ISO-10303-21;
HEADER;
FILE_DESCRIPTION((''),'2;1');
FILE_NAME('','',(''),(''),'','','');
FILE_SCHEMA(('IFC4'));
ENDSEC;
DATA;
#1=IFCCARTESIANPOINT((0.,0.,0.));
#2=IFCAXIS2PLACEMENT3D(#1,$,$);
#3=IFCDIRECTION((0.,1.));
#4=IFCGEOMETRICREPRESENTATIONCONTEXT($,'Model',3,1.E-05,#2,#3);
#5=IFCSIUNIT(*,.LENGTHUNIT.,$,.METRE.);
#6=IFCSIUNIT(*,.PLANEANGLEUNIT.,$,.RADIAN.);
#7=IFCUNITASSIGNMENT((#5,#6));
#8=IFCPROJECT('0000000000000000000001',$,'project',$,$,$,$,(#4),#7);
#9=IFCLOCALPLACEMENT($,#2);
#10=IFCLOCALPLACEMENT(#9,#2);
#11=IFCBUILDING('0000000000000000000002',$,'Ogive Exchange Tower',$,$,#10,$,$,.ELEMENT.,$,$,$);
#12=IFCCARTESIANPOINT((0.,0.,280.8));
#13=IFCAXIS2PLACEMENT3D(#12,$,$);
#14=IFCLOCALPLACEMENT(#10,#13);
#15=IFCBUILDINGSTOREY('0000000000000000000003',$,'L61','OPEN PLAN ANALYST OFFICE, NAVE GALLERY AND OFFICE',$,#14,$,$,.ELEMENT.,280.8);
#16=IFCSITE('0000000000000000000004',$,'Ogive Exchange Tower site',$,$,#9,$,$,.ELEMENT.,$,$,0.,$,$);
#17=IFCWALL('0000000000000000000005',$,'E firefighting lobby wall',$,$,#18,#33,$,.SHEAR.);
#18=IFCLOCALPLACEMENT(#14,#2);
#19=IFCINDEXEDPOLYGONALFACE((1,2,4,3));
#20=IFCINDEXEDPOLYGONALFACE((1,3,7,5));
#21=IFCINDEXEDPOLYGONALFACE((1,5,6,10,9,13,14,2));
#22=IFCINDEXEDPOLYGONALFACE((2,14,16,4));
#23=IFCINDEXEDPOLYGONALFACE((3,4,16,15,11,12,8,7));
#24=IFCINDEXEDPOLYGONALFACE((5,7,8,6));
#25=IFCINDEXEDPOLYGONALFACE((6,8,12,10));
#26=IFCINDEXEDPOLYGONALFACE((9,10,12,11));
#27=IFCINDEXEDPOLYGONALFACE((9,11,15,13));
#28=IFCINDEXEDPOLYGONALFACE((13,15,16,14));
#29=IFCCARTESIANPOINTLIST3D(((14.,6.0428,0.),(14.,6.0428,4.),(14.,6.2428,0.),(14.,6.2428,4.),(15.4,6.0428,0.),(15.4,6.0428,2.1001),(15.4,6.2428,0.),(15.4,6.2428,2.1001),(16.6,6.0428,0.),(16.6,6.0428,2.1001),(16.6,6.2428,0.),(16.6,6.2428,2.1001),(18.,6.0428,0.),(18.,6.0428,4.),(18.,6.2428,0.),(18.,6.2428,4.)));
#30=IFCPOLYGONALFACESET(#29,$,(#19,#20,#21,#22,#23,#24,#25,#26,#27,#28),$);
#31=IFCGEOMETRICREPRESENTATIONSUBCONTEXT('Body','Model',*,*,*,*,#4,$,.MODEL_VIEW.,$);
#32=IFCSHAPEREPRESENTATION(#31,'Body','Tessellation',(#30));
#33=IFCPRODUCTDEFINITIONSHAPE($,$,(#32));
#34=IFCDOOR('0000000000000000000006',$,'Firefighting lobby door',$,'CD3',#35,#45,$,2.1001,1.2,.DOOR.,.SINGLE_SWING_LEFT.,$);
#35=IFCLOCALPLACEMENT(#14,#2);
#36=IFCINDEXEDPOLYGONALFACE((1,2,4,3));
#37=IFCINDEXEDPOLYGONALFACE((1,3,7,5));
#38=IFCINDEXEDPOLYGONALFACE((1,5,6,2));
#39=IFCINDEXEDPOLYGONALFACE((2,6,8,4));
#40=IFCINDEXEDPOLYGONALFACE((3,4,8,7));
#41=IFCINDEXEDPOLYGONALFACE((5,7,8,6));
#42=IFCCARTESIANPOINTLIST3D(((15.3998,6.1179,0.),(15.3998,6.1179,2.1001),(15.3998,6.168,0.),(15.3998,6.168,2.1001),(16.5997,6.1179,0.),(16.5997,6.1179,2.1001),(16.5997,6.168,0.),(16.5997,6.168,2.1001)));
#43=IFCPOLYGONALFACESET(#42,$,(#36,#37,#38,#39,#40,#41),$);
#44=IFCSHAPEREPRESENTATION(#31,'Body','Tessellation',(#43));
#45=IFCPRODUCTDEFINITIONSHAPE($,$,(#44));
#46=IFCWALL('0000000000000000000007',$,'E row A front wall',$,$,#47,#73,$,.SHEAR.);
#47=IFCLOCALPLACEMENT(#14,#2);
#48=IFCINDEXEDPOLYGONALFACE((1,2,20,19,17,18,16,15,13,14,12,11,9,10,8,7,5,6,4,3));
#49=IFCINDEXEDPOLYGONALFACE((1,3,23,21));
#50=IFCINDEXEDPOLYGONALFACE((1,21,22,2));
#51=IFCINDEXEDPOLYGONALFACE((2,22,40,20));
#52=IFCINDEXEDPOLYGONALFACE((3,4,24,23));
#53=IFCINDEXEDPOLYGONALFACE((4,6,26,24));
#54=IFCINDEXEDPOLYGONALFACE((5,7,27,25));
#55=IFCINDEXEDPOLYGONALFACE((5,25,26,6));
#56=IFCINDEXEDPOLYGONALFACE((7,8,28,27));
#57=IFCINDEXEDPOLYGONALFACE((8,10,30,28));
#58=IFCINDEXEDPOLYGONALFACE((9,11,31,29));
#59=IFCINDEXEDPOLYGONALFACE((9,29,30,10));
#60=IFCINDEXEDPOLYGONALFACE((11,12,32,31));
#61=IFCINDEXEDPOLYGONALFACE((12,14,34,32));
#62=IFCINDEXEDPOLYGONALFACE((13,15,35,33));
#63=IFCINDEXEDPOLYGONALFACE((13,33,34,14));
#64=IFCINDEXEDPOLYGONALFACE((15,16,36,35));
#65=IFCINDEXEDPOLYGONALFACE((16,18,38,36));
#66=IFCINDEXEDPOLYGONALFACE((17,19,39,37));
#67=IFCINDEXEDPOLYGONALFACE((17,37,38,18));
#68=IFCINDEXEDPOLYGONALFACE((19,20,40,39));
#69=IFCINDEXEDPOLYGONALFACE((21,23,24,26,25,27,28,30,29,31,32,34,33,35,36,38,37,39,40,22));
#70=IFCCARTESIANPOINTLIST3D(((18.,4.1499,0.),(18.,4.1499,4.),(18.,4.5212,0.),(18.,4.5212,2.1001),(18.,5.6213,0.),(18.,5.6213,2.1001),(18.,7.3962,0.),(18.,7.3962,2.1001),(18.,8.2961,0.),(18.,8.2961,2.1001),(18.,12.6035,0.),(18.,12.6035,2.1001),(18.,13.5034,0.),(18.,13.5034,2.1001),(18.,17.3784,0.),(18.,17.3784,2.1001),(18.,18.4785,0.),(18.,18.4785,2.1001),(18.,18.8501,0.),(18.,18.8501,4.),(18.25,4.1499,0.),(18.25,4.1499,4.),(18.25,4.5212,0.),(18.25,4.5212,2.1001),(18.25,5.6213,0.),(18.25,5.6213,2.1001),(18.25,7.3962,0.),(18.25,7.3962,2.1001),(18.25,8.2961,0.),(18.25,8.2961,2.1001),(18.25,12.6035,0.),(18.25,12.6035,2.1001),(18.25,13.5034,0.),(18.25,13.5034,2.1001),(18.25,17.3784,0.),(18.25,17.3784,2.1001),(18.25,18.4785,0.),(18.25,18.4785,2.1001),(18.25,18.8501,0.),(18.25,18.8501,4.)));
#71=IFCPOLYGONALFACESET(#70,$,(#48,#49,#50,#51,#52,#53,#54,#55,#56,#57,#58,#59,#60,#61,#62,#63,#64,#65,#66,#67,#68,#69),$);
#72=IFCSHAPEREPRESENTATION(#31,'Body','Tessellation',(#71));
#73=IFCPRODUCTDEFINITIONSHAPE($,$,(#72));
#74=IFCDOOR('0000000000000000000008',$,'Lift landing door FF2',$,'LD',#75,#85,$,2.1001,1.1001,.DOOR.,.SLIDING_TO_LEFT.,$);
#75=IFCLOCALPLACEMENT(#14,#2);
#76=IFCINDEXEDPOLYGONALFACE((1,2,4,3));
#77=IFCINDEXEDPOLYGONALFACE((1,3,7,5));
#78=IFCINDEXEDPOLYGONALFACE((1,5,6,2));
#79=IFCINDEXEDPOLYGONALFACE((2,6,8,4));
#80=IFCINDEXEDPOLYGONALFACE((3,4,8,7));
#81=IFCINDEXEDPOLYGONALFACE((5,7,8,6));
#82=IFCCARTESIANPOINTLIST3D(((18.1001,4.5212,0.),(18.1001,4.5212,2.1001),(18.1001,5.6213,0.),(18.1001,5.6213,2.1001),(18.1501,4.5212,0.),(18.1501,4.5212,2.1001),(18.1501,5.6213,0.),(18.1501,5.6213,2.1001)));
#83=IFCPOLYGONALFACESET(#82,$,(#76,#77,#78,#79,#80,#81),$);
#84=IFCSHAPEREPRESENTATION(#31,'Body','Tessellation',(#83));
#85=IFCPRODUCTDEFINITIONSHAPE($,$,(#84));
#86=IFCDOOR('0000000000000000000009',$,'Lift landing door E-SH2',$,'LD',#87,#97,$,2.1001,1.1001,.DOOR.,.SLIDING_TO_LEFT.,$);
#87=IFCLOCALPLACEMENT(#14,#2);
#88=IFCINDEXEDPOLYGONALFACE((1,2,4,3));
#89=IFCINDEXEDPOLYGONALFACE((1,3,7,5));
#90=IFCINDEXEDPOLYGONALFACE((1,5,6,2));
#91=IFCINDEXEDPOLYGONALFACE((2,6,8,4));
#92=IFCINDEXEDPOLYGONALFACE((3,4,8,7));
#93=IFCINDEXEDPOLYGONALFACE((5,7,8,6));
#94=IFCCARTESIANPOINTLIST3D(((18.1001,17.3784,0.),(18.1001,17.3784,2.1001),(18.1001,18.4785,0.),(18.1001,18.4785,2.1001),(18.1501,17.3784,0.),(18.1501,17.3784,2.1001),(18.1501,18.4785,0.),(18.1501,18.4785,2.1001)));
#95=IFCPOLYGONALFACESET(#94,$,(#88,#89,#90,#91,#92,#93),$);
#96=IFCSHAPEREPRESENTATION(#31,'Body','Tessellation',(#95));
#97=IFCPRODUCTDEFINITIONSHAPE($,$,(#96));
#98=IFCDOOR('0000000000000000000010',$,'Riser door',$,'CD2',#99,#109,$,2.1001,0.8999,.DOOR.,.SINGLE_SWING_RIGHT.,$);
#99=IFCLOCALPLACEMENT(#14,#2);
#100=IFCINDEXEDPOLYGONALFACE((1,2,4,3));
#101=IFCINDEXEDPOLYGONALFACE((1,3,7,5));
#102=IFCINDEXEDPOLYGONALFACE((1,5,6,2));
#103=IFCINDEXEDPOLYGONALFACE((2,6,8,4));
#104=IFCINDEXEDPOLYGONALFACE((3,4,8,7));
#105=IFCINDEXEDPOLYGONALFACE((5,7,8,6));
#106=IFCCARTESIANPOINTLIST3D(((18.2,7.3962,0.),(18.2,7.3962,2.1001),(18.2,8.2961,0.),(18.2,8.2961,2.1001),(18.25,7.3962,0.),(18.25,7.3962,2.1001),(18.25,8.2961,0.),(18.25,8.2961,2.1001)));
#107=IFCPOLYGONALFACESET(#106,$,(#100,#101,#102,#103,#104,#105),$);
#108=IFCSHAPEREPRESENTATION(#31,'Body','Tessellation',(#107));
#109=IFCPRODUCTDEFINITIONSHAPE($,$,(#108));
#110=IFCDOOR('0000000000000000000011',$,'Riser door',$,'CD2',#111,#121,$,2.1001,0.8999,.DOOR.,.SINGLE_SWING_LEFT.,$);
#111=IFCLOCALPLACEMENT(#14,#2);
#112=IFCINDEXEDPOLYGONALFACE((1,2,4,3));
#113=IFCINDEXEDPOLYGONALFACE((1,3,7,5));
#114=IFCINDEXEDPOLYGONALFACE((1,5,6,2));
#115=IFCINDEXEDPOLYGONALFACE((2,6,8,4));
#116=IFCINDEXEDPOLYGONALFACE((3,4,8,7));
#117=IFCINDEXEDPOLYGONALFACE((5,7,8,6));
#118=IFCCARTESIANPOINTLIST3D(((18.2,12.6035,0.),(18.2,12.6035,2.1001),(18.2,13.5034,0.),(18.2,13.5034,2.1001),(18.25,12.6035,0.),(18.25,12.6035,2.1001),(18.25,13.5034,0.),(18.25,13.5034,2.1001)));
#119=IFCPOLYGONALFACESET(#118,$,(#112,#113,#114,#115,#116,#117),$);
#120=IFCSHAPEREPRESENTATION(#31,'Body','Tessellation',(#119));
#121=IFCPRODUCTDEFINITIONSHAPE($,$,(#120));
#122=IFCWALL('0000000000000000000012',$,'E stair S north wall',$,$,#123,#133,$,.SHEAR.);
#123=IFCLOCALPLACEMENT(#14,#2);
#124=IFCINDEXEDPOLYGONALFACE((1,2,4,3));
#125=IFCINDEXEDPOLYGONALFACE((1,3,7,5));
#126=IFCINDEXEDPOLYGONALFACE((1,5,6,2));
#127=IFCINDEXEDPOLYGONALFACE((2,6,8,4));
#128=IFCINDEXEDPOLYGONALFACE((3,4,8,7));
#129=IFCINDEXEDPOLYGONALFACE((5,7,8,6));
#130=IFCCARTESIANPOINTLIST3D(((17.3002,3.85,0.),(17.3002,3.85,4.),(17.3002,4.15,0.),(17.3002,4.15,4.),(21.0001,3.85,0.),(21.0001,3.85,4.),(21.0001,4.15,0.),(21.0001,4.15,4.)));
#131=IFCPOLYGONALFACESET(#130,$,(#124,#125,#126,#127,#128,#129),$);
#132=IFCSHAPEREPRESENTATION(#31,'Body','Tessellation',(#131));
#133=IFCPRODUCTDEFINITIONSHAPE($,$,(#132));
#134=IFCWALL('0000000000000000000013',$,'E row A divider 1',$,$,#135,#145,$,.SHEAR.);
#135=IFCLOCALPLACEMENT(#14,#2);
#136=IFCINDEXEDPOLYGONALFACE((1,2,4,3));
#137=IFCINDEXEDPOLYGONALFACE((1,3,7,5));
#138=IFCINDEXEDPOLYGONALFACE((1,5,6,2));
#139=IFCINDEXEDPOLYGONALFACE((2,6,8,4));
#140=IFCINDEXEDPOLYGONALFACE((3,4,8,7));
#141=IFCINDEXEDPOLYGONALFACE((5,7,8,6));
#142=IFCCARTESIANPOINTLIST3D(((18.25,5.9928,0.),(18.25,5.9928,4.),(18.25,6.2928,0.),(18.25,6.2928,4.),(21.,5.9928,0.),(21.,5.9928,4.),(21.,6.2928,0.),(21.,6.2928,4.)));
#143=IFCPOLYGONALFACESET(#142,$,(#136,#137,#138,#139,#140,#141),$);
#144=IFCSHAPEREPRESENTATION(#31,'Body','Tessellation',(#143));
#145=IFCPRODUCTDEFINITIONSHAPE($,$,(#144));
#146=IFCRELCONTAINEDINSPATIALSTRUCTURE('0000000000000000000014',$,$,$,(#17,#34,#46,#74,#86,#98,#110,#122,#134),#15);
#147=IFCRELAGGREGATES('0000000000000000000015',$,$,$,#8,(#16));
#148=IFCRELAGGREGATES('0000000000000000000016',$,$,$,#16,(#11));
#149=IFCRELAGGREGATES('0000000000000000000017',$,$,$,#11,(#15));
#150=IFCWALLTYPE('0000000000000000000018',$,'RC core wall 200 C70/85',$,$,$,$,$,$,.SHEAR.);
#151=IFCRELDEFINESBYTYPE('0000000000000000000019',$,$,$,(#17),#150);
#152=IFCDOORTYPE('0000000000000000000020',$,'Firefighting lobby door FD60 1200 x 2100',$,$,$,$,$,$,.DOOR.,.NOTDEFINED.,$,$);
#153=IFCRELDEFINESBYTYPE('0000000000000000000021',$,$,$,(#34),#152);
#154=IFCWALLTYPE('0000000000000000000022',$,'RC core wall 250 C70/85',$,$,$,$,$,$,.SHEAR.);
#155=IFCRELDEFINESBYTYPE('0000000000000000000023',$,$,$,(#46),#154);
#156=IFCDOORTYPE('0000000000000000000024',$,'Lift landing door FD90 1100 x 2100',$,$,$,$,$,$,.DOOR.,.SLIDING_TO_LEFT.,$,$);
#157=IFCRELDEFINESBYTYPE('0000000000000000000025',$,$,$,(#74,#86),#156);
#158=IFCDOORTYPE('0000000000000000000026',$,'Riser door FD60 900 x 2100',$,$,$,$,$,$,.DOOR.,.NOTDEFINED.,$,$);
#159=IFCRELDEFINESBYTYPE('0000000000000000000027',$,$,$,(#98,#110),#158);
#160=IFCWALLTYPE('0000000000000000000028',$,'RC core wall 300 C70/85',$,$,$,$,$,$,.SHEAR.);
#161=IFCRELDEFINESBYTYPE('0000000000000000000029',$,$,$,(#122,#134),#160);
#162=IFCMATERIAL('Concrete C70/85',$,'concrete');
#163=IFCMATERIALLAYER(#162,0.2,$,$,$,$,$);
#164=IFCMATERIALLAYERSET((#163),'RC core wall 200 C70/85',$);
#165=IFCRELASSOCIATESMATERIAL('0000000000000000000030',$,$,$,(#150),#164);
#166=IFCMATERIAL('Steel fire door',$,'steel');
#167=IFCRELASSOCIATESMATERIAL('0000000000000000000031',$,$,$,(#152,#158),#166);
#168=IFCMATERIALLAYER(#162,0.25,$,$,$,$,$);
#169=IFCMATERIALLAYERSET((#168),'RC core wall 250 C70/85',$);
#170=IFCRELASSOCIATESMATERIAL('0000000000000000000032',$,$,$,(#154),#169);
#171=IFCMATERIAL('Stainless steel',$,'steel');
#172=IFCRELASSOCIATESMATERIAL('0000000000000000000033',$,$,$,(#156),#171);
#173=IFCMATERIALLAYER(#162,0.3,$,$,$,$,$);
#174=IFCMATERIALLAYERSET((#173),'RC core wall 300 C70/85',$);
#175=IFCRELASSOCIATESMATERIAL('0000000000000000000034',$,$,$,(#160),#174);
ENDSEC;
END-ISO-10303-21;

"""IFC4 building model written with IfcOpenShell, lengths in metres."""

from ifc_helpers import new_model, si_unit, direction, frame, frame_2d, origin, place, context, subcontext, project, spatial, rectangle, extrude, material, layer, layer_set, type_object, element, fill, save


model = new_model("IFC4")

# Units and contexts
model_context = context("Model", 3, precision=1e-05, world=origin(), true_north=direction((0.0, 1.0)))
body_context = subcontext(model_context, "Body", "Model", "MODEL_VIEW")
ifc_project = project(units=[si_unit("LENGTHUNIT", "METRE"), si_unit("PLANEANGLEUNIT", "RADIAN")], contexts=[model_context])

# Site, building, storey
site_placement = place(None, origin())
site = spatial("IfcSite", under=ifc_project, at=site_placement, Name="Ogive Exchange Tower site", CompositionType="ELEMENT", RefElevation=0.0)
building_placement = place(site_placement, origin())
building = spatial("IfcBuilding", under=site, at=building_placement, Name="Ogive Exchange Tower", CompositionType="ELEMENT")
storey_placement = place(building_placement, frame((0.0, 0.0, 280.8)))
storey = spatial("IfcBuildingStorey", under=building, at=storey_placement, Name="L61", Description="OPEN PLAN ANALYST OFFICE, NAVE GALLERY AND OFFICE", CompositionType="ELEMENT", Elevation=280.8)

# Wall, opening, door
ifc_material_1 = material(Name="Concrete C70/85", Category="concrete")
ifc_layer_1 = layer(ifc_material_1, 0.2)
ifc_layer_set_1 = layer_set([ifc_layer_1], Name="RC core wall 200 C70/85")
wall_type_1 = type_object("IfcWallType", Name="RC core wall 200 C70/85", PredefinedType="SHEAR", material=ifc_layer_set_1)
wall_1_placement = place(storey_placement, frame((14.0, 6.1428, 0.0), z_axis=(0.0, 0.0, 1.0), x_axis=(1.0, 0.0, 0.0)))
wall_1 = element("IfcWall", 1, at=wall_1_placement, inside=storey, type_object=wall_type_1, Name="E firefighting lobby wall", PredefinedType="SHEAR", context=body_context, shape_type="SweptSolid", body=[
    extrude(rectangle(XDim=4.0, YDim=0.2, at=frame_2d((2.0, 0.0))), origin(), (0.0, 0.0, 1.0), 4.0),
])
opening_1_placement = place(wall_1_placement, frame((1.3999, 0.0, 0.0)))
opening_1 = element("IfcOpeningElement", 2, at=opening_1_placement, cuts=wall_1, PredefinedType="OPENING", context=body_context, shape_type="SweptSolid", body=[
    extrude(rectangle(XDim=1.2, YDim=2.1001, at=frame_2d((0.6001, 1.05))), frame((0.0, 0.1099, 0.0), z_axis=(0.0, -1.0, 0.0), x_axis=(1.0, 0.0, 0.0)), (0.0, 0.0, 1.0), 0.22),
])
ifc_material_2 = material(Name="Steel fire door", Category="steel")
door_type_1 = type_object("IfcDoorType", Name="Firefighting lobby door FD60 1200 x 2100", OperationType="NOTDEFINED", PredefinedType="DOOR", material=ifc_material_2)
door_1_placement = place(opening_1_placement, frame((1.2, 0.0, 0.0), z_axis=(0.0, 0.0, 1.0), x_axis=(-1.0, 0.0, 0.0)))
door_1 = element("IfcDoor", 3, at=door_1_placement, inside=storey, type_object=door_type_1, Name="Firefighting lobby door", ObjectType="CD3", OperationType="SINGLE_SWING_LEFT", OverallHeight=2.1001, OverallWidth=1.2, PredefinedType="DOOR", context=body_context, shape_type="SweptSolid", body=[
    extrude(rectangle(XDim=1.2, YDim=2.1001, at=frame_2d((0.6001, 1.05))), frame((0.0, 0.0249, 0.0), z_axis=(0.0, -1.0, 0.0), x_axis=(1.0, 0.0, 0.0)), (0.0, 0.0, 1.0), 0.05),
])
fill(opening_1, door_1)

# Wall, openings, doors
ifc_layer_2 = layer(ifc_material_1, 0.25)
ifc_layer_set_2 = layer_set([ifc_layer_2], Name="RC core wall 250 C70/85")
wall_type_2 = type_object("IfcWallType", Name="RC core wall 250 C70/85", PredefinedType="SHEAR", material=ifc_layer_set_2)
wall_2_placement = place(storey_placement, frame((18.125, 4.1499, 0.0), z_axis=(0.0, 0.0, 1.0), x_axis=(0.0, 1.0, 0.0)))
wall_2 = element("IfcWall", 4, at=wall_2_placement, inside=storey, type_object=wall_type_2, Name="E row A front wall", PredefinedType="SHEAR", context=body_context, shape_type="SweptSolid", body=[
    extrude(rectangle(XDim=14.7002, YDim=0.25, at=frame_2d((7.3501, 0.0))), origin(), (0.0, 0.0, 1.0), 4.0),
])
opening_2_placement = place(wall_2_placement, frame((3.2463, 0.0, 0.0)))
opening_2 = element("IfcOpeningElement", 5, at=opening_2_placement, cuts=wall_2, PredefinedType="OPENING", context=body_context, shape_type="SweptSolid", body=[
    extrude(rectangle(XDim=0.8999, YDim=2.1001, at=frame_2d((0.45, 1.05))), frame((0.0, 0.135, 0.0), z_axis=(0.0, -1.0, 0.0), x_axis=(1.0, 0.0, 0.0)), (0.0, 0.0, 1.0), 0.27),
])
opening_3_placement = place(wall_2_placement, frame((8.4536, 0.0, 0.0)))
opening_3 = element("IfcOpeningElement", 6, at=opening_3_placement, cuts=wall_2, PredefinedType="OPENING", context=body_context, shape_type="SweptSolid", body=[
    extrude(rectangle(XDim=0.8999, YDim=2.1001, at=frame_2d((0.45, 1.05))), frame((0.0, 0.135, 0.0), z_axis=(0.0, -1.0, 0.0), x_axis=(1.0, 0.0, 0.0)), (0.0, 0.0, 1.0), 0.27),
])
opening_4_placement = place(wall_2_placement, frame((0.3713, 0.0, 0.0)))
opening_4 = element("IfcOpeningElement", 7, at=opening_4_placement, cuts=wall_2, PredefinedType="OPENING", context=body_context, shape_type="SweptSolid", body=[
    extrude(rectangle(XDim=1.1001, YDim=2.1001, at=frame_2d((0.55, 1.05))), frame((0.0, 0.135, 0.0), z_axis=(0.0, -1.0, 0.0), x_axis=(1.0, 0.0, 0.0)), (0.0, 0.0, 1.0), 0.27),
])
opening_5_placement = place(wall_2_placement, frame((13.2285, 0.0, 0.0)))
opening_5 = element("IfcOpeningElement", 8, at=opening_5_placement, cuts=wall_2, PredefinedType="OPENING", context=body_context, shape_type="SweptSolid", body=[
    extrude(rectangle(XDim=1.1001, YDim=2.1001, at=frame_2d((0.55, 1.05))), frame((0.0, 0.135, 0.0), z_axis=(0.0, -1.0, 0.0), x_axis=(1.0, 0.0, 0.0)), (0.0, 0.0, 1.0), 0.27),
])
ifc_material_3 = material(Name="Stainless steel", Category="steel")
door_type_2 = type_object("IfcDoorType", Name="Lift landing door FD90 1100 x 2100", OperationType="SLIDING_TO_LEFT", PredefinedType="DOOR", material=ifc_material_3)
door_2_placement = place(opening_4_placement, origin())
door_2 = element("IfcDoor", 9, at=door_2_placement, inside=storey, type_object=door_type_2, Name="Lift landing door FF2", ObjectType="LD", OperationType="SLIDING_TO_LEFT", OverallHeight=2.1001, OverallWidth=1.1001, PredefinedType="DOOR", context=body_context, shape_type="SweptSolid", body=[
    extrude(rectangle(XDim=1.1001, YDim=2.1001, at=frame_2d((0.55, 1.05))), frame((0.0, 0.0249, 0.0), z_axis=(0.0, -1.0, 0.0), x_axis=(1.0, 0.0, 0.0)), (0.0, 0.0, 1.0), 0.05),
])
fill(opening_4, door_2)
door_3_placement = place(opening_5_placement, origin())
door_3 = element("IfcDoor", 10, at=door_3_placement, inside=storey, type_object=door_type_2, Name="Lift landing door E-SH2", ObjectType="LD", OperationType="SLIDING_TO_LEFT", OverallHeight=2.1001, OverallWidth=1.1001, PredefinedType="DOOR", context=body_context, shape_type="SweptSolid", body=[
    extrude(rectangle(XDim=1.1001, YDim=2.1001, at=frame_2d((0.55, 1.05))), frame((0.0, 0.0249, 0.0), z_axis=(0.0, -1.0, 0.0), x_axis=(1.0, 0.0, 0.0)), (0.0, 0.0, 1.0), 0.05),
])
fill(opening_5, door_3)
door_type_3 = type_object("IfcDoorType", Name="Riser door FD60 900 x 2100", OperationType="NOTDEFINED", PredefinedType="DOOR", material=ifc_material_2)
door_4_placement = place(opening_2_placement, frame((0.8999, -0.2002, 0.0), z_axis=(0.0, 0.0, 1.0), x_axis=(-1.0, 0.0, 0.0)))
door_4 = element("IfcDoor", 11, at=door_4_placement, inside=storey, type_object=door_type_3, Name="Riser door", ObjectType="CD2", OperationType="SINGLE_SWING_RIGHT", OverallHeight=2.1001, OverallWidth=0.8999, PredefinedType="DOOR", context=body_context, shape_type="SweptSolid", body=[
    extrude(rectangle(XDim=0.8999, YDim=2.1001, at=frame_2d((0.45, 1.05))), frame((0.0, -0.0752, 0.0), z_axis=(0.0, -1.0, 0.0), x_axis=(1.0, 0.0, 0.0)), (0.0, 0.0, 1.0), 0.05),
])
fill(opening_2, door_4)
door_5_placement = place(opening_3_placement, frame((0.8999, -0.2002, 0.0), z_axis=(0.0, 0.0, 1.0), x_axis=(-1.0, 0.0, 0.0)))
door_5 = element("IfcDoor", 12, at=door_5_placement, inside=storey, type_object=door_type_3, Name="Riser door", ObjectType="CD2", OperationType="SINGLE_SWING_LEFT", OverallHeight=2.1001, OverallWidth=0.8999, PredefinedType="DOOR", context=body_context, shape_type="SweptSolid", body=[
    extrude(rectangle(XDim=0.8999, YDim=2.1001, at=frame_2d((0.45, 1.05))), frame((0.0, -0.0752, 0.0), z_axis=(0.0, -1.0, 0.0), x_axis=(1.0, 0.0, 0.0)), (0.0, 0.0, 1.0), 0.05),
])
fill(opening_3, door_5)

# Walls
ifc_layer_3 = layer(ifc_material_1, 0.3)
ifc_layer_set_3 = layer_set([ifc_layer_3], Name="RC core wall 300 C70/85")
wall_type_3 = type_object("IfcWallType", Name="RC core wall 300 C70/85", PredefinedType="SHEAR", material=ifc_layer_set_3)
wall_3_placement = place(storey_placement, frame((17.3, 4.0, 0.0), z_axis=(0.0, 0.0, 1.0), x_axis=(1.0, 0.0, 0.0)))
element("IfcWall", 13, at=wall_3_placement, inside=storey, type_object=wall_type_3, Name="E stair S north wall", PredefinedType="SHEAR", context=body_context, shape_type="SweptSolid", body=[
    extrude(rectangle(XDim=3.7, YDim=0.3, at=frame_2d((1.8501, 0.0))), origin(), (0.0, 0.0, 1.0), 4.0),
])
wall_4_placement = place(storey_placement, frame((18.25, 6.1428, 0.0), z_axis=(0.0, 0.0, 1.0), x_axis=(1.0, 0.0, 0.0)))
element("IfcWall", 14, at=wall_4_placement, inside=storey, type_object=wall_type_3, Name="E row A divider 1", PredefinedType="SHEAR", context=body_context, shape_type="SweptSolid", body=[
    extrude(rectangle(XDim=2.75, YDim=0.3, at=frame_2d((1.375, 0.0))), origin(), (0.0, 0.0, 1.0), 4.0),
])

save(model, "model.ifc")
